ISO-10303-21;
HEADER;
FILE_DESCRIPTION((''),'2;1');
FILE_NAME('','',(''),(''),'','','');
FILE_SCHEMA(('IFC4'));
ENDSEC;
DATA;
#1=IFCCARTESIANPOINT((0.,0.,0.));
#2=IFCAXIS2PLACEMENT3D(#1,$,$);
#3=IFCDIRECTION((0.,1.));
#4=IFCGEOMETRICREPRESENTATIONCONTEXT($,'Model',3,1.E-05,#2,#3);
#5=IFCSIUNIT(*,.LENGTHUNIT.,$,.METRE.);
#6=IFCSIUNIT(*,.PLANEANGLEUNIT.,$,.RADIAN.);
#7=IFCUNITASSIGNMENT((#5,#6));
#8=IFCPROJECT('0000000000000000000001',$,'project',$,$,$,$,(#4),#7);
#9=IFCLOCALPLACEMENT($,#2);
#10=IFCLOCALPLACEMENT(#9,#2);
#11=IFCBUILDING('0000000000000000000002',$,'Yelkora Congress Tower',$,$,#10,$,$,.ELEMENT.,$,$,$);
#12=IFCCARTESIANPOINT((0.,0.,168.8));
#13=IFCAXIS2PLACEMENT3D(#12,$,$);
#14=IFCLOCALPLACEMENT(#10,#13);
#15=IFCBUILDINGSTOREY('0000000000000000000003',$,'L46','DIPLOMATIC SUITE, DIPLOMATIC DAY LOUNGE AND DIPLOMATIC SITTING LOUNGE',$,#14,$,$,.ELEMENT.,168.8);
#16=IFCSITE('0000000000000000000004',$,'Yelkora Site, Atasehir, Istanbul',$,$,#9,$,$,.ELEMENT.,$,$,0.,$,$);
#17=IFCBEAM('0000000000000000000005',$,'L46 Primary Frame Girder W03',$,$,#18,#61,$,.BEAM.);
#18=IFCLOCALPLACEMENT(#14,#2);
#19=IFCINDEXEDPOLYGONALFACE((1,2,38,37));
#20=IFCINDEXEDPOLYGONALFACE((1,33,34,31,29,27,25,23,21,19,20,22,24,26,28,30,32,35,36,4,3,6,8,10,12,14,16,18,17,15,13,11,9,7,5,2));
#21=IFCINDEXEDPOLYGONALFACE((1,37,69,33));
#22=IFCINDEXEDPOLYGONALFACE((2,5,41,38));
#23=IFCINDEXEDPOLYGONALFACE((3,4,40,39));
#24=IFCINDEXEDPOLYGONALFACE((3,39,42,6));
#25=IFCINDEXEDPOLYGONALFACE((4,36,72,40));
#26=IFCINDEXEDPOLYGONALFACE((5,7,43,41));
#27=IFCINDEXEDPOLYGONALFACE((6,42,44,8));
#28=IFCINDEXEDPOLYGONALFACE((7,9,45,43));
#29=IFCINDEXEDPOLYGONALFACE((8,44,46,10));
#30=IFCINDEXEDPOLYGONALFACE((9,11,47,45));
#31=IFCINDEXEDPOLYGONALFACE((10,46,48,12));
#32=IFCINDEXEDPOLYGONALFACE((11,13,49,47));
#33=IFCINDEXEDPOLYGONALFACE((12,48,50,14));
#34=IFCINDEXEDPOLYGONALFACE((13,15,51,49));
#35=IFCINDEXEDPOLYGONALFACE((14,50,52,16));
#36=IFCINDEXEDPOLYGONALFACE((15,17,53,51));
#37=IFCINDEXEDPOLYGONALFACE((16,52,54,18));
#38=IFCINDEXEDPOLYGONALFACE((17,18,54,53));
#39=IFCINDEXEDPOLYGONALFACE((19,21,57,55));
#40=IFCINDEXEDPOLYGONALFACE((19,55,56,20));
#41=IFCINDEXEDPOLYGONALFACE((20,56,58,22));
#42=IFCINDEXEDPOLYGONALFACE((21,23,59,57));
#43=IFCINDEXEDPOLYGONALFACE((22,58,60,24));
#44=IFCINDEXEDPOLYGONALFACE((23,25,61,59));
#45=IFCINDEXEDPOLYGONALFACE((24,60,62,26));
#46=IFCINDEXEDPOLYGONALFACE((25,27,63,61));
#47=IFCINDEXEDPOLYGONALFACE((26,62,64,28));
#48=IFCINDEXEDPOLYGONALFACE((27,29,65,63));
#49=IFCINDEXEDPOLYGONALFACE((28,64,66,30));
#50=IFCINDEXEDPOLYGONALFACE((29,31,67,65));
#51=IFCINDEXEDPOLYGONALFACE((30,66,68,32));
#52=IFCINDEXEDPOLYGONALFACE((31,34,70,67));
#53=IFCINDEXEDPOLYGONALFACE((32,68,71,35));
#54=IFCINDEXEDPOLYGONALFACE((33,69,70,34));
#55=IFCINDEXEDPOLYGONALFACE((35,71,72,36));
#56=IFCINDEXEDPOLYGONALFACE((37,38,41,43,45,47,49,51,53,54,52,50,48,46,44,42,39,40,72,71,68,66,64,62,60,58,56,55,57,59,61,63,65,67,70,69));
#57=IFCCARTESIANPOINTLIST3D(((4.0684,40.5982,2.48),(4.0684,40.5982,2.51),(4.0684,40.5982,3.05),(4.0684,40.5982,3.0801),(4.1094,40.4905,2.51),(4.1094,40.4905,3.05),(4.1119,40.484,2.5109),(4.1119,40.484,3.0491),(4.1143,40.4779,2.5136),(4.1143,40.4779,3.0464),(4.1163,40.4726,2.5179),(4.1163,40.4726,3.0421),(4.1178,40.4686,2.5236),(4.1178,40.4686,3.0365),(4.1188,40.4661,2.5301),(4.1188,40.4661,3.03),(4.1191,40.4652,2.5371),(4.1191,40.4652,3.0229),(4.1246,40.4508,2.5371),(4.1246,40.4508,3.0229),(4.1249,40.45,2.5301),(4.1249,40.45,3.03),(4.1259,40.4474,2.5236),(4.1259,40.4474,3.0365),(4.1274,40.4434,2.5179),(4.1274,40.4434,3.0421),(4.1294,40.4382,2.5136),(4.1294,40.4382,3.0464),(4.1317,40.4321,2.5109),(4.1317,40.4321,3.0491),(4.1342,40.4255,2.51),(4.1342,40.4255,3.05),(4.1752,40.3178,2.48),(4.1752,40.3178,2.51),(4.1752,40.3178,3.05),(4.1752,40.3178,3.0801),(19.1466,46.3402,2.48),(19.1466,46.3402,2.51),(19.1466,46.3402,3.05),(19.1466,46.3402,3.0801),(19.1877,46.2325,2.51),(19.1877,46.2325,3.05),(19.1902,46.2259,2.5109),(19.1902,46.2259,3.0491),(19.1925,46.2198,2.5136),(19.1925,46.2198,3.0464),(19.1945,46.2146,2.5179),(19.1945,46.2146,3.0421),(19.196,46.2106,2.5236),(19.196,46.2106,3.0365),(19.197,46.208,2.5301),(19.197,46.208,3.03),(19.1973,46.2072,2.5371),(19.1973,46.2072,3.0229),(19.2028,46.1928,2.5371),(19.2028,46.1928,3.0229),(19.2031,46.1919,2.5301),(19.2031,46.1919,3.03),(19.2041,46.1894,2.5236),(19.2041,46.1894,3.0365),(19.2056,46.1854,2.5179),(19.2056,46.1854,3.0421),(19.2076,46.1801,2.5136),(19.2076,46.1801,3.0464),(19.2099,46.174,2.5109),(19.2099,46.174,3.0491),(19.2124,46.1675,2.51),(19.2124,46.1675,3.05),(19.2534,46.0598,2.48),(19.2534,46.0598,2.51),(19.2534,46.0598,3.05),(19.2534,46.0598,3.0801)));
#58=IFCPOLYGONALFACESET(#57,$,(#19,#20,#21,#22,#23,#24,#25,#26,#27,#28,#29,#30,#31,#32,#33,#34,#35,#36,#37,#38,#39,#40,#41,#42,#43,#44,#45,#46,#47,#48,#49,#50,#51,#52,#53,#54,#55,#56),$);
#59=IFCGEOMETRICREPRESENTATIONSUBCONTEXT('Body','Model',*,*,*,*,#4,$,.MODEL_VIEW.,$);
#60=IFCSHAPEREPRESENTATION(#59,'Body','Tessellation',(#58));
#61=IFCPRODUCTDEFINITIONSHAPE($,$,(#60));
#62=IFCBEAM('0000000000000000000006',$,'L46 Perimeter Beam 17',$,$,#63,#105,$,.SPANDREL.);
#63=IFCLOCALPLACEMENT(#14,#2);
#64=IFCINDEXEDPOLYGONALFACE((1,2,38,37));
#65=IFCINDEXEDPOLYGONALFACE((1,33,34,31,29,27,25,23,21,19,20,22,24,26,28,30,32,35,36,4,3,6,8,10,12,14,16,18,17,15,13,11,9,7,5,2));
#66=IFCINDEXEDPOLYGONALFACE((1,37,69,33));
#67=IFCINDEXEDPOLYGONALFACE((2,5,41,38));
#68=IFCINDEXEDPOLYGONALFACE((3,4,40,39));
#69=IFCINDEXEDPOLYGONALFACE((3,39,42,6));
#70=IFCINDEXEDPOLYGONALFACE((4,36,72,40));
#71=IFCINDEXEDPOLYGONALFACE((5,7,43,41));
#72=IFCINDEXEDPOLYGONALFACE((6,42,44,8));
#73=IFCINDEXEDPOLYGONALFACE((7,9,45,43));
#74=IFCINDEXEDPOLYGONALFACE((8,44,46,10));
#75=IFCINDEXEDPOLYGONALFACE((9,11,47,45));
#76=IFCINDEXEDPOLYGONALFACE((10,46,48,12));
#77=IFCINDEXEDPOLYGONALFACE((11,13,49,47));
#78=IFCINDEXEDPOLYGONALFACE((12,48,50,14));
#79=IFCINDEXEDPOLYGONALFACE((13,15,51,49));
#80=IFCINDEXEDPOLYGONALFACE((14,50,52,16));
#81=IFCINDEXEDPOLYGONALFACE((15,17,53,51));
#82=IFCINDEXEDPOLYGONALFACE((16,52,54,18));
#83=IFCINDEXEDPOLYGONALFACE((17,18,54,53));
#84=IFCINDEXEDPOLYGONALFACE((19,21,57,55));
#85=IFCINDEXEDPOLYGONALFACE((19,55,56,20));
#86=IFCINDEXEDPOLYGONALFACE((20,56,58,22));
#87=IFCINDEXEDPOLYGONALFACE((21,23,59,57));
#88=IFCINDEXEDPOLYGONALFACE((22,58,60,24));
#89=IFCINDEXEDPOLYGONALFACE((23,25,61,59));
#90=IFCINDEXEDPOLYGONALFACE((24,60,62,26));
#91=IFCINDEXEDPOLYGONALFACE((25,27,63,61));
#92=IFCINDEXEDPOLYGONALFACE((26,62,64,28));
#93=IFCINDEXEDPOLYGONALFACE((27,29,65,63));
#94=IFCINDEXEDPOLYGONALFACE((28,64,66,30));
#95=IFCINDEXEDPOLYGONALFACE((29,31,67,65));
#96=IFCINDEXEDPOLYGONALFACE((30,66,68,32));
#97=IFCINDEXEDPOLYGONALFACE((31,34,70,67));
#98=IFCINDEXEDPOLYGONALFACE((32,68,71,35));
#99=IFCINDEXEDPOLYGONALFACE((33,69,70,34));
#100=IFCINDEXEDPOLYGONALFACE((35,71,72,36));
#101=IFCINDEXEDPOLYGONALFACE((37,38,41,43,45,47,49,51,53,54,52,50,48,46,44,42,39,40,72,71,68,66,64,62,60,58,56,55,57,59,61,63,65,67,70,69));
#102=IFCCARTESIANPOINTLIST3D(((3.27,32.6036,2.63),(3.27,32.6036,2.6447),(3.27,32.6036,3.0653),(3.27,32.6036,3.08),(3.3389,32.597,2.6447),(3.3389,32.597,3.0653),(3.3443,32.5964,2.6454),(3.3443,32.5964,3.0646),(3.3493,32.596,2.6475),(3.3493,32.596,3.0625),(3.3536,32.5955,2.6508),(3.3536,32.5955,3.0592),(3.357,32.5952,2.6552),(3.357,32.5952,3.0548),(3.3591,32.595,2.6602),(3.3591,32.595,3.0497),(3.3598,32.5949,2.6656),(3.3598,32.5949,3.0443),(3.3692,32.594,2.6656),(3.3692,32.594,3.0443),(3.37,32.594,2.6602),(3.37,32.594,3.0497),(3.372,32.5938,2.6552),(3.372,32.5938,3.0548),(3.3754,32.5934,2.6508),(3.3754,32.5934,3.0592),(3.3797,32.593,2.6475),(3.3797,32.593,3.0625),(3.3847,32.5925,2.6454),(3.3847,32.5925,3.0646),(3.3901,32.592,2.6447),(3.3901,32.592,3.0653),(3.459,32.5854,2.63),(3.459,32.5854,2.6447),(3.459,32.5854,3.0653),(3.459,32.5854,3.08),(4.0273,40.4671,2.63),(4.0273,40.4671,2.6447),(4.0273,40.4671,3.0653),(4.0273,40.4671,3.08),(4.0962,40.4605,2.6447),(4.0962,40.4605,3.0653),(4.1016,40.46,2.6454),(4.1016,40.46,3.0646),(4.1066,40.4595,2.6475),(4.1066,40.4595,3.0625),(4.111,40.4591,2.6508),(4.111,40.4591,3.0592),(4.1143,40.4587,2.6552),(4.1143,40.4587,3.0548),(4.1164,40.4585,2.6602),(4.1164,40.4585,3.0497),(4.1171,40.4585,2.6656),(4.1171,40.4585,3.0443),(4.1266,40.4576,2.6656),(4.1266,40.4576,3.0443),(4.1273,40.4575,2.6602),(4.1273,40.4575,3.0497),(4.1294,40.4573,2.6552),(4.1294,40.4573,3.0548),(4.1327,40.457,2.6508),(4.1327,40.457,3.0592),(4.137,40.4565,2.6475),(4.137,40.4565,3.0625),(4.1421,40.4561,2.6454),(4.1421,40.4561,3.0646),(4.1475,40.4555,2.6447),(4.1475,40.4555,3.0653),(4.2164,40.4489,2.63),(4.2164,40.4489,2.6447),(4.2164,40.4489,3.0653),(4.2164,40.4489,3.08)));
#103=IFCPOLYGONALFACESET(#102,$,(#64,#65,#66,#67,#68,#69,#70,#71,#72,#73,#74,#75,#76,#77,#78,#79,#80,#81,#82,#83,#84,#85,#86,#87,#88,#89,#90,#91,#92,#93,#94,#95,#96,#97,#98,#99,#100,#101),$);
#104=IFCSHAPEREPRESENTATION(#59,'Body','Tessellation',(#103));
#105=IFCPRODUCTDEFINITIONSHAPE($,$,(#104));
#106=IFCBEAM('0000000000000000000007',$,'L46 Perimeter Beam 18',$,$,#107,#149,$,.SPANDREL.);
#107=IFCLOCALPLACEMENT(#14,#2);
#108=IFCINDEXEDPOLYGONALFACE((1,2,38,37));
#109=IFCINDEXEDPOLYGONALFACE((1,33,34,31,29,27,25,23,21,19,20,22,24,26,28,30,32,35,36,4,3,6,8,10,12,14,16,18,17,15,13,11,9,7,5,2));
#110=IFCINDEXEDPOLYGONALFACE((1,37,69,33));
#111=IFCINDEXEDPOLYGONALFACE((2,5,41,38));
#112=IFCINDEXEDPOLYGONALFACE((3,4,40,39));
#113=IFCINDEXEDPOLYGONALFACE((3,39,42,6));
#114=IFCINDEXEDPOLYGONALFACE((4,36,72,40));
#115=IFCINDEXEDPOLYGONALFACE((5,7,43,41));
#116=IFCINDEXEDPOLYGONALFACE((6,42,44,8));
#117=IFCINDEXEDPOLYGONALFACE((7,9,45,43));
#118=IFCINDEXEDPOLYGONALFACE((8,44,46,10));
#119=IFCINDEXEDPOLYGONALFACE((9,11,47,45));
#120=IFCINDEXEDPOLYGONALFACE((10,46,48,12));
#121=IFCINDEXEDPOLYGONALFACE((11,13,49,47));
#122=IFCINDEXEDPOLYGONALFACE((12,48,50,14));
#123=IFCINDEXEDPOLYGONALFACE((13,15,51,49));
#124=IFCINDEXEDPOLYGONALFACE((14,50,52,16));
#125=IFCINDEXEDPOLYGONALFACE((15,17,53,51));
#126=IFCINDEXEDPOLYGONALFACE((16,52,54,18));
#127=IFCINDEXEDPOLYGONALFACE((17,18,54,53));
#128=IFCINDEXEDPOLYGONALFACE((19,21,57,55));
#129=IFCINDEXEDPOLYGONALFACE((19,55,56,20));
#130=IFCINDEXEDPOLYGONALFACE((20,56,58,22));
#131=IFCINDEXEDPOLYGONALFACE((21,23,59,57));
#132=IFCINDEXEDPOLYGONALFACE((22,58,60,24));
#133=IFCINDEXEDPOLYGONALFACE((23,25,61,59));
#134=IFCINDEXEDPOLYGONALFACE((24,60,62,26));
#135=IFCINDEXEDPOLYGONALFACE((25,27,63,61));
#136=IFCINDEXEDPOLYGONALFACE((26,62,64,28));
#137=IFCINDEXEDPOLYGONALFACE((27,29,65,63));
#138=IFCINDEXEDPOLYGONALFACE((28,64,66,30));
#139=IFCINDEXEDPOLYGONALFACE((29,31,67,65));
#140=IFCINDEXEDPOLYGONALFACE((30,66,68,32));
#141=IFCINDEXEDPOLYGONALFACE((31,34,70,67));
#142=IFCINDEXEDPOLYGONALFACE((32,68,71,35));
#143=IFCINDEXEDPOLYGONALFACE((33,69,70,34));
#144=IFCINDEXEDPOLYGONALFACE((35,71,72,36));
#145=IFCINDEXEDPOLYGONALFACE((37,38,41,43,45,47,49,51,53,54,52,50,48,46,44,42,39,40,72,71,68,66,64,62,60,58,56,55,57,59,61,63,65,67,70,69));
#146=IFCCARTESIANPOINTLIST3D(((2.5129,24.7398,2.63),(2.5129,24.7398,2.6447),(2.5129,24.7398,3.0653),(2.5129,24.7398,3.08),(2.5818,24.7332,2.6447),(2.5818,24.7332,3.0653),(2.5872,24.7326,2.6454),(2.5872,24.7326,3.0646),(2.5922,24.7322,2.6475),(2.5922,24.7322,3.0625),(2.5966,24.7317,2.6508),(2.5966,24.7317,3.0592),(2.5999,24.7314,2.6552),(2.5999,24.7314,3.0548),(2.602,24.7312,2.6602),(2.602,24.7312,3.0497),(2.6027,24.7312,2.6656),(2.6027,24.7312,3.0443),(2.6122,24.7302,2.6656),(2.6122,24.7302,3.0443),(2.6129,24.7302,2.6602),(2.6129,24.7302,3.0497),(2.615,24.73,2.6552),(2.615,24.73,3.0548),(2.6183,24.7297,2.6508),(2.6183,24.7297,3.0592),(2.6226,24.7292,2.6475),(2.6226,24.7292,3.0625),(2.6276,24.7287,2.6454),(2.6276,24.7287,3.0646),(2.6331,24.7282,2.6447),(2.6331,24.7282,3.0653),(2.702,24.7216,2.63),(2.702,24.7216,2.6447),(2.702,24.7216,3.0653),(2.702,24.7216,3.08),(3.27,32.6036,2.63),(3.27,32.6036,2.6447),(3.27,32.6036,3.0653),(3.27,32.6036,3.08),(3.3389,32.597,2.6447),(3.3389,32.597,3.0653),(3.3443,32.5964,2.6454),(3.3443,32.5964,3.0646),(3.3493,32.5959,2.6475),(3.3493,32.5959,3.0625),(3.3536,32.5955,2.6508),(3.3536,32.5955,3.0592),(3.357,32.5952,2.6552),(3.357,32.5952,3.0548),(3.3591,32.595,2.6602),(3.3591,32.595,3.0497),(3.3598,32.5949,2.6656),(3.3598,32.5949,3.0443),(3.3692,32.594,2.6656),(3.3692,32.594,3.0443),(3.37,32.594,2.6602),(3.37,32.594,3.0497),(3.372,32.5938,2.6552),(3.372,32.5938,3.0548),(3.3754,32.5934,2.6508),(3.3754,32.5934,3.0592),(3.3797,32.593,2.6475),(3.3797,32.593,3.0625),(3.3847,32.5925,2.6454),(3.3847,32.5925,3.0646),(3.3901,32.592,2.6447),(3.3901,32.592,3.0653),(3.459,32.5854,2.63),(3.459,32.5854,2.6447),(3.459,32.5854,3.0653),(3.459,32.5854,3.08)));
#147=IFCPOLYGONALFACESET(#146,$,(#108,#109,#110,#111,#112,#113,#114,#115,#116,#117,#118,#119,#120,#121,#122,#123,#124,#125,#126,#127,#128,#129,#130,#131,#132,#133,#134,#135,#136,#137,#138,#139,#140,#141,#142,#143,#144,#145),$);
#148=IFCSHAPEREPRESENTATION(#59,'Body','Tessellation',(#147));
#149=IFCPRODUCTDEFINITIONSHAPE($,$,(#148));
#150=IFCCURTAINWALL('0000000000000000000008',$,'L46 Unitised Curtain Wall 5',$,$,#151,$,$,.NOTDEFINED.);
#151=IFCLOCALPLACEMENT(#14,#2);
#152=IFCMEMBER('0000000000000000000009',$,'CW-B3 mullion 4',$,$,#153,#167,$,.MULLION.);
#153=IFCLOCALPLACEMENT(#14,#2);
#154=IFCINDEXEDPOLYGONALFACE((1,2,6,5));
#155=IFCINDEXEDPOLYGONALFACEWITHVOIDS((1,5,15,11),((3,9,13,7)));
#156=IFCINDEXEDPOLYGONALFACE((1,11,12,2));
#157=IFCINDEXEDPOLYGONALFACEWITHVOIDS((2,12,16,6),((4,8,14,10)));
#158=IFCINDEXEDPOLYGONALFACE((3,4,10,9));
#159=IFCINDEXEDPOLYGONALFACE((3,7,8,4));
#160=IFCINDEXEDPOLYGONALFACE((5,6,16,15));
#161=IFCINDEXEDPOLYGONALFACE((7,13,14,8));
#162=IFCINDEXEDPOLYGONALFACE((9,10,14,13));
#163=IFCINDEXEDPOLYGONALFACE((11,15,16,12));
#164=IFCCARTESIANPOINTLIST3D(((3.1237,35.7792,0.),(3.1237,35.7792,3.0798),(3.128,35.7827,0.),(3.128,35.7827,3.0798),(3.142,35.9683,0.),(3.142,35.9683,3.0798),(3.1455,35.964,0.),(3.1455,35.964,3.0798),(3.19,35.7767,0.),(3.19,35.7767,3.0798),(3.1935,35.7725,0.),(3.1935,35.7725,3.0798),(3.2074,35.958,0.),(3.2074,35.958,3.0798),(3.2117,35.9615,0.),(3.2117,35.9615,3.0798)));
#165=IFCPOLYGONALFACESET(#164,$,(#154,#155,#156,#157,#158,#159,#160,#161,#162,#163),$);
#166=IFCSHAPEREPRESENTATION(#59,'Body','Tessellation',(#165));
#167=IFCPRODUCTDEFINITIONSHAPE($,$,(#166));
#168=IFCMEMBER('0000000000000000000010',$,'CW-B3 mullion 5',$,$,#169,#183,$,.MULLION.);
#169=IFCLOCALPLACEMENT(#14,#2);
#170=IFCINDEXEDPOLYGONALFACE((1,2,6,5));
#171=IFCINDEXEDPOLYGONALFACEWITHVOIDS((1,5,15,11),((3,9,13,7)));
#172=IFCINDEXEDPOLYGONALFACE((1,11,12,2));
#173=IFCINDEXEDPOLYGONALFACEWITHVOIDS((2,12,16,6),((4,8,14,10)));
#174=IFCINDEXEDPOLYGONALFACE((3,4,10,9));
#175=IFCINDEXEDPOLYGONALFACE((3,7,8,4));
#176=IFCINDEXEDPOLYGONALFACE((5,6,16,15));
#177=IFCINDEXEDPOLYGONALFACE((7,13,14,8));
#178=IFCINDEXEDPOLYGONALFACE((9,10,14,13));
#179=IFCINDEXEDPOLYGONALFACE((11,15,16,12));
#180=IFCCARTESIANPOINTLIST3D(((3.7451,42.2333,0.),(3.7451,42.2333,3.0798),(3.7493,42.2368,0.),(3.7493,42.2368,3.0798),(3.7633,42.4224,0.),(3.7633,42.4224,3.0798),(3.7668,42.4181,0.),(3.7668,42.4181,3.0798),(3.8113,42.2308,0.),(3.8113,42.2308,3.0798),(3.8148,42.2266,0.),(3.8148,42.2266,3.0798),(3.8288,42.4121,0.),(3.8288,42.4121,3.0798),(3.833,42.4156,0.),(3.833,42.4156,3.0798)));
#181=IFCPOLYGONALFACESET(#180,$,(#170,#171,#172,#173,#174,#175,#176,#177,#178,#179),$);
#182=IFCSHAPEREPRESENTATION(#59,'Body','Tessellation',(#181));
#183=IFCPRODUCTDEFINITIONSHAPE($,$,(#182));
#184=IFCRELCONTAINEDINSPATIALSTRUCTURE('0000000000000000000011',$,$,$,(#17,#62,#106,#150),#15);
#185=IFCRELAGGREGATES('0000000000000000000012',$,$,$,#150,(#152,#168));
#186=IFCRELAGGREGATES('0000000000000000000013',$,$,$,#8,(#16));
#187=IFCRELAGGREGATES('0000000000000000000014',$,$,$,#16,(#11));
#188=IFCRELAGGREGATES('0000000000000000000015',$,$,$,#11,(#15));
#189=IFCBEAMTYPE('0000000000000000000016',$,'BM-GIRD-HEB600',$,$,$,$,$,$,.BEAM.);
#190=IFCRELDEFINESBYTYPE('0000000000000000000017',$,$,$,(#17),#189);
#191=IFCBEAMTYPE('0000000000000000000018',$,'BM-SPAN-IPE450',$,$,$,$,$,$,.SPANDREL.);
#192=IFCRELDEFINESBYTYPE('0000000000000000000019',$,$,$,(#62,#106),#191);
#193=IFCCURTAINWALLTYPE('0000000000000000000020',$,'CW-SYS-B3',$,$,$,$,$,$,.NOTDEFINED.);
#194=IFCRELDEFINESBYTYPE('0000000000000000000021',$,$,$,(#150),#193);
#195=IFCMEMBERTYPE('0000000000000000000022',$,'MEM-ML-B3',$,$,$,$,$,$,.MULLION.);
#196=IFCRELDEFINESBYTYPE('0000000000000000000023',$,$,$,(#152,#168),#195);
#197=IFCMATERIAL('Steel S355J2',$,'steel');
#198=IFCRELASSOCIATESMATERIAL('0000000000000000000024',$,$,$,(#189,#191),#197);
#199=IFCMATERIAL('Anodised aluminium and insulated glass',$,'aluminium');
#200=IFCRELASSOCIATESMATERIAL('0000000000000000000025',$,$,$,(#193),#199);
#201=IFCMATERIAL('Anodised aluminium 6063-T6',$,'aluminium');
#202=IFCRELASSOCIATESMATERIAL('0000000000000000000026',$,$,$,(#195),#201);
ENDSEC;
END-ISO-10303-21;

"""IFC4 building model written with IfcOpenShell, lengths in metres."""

from ifc_helpers import new_model, si_unit, direction, frame, origin, origin_2d, place, context, subcontext, project, spatial, hollow_rectangle, i_section, extrude, material, material_profile, profile_set, type_object, element, aggregate, save


model = new_model("IFC4")

# Units and contexts
model_context = context("Model", 3, precision=1e-05, world=origin(), true_north=direction((0.0, 1.0)))
body_context = subcontext(model_context, "Body", "Model", "MODEL_VIEW")
ifc_project = project(units=[si_unit("LENGTHUNIT", "METRE"), si_unit("PLANEANGLEUNIT", "RADIAN")], contexts=[model_context])

# Site, building, storey
site_placement = place(None, origin())
site = spatial("IfcSite", under=ifc_project, at=site_placement, Name="Yelkora Site, Atasehir, Istanbul", CompositionType="ELEMENT", RefElevation=0.0)
building_placement = place(site_placement, origin())
building = spatial("IfcBuilding", under=site, at=building_placement, Name="Yelkora Congress Tower", CompositionType="ELEMENT")
storey_placement = place(building_placement, frame((0.0, 0.0, 168.8)))
storey = spatial("IfcBuildingStorey", under=building, at=storey_placement, Name="L46", Description="DIPLOMATIC SUITE, DIPLOMATIC DAY LOUNGE AND DIPLOMATIC SITTING LOUNGE", CompositionType="ELEMENT", Elevation=168.8)

# Beams
ifc_material_1 = material(Name="Steel S355J2", Category="steel")
ifc_material_profile_1 = material_profile(ifc_material_1, i_section(OverallWidth=0.3, OverallDepth=0.6001, WebThickness=0.0154, FlangeThickness=0.03, FilletRadius=0.0271, at=origin_2d()), Name="HEB 600")
ifc_profile_set_1 = profile_set([ifc_material_profile_1], Name="Steel S355J2")
beam_type_1 = type_object("IfcBeamType", Name="BM-GIRD-HEB600", PredefinedType="BEAM", material=ifc_profile_set_1)
beam_1_placement = place(storey_placement, frame((4.1218, 40.458, 2.78), z_axis=(0.934531, 0.355881, 0.0), x_axis=(-0.355881, 0.934531, 0.0)))
element("IfcBeam", 1, at=beam_1_placement, inside=storey, type_object=beam_type_1, Name="L46 Primary Frame Girder W03", PredefinedType="BEAM", context=body_context, shape_type="SweptSolid", body=[
    extrude(i_section(OverallWidth=0.3, OverallDepth=0.6001, WebThickness=0.0154, FlangeThickness=0.03, FilletRadius=0.0271, at=origin_2d()), origin(), (0.0, 0.0, 1.0), 16.1345),
])
ifc_material_profile_2 = material_profile(ifc_material_1, i_section(OverallWidth=0.1899, OverallDepth=0.45, WebThickness=0.0095, FlangeThickness=0.0146, FilletRadius=0.021, at=origin_2d()), Name="IPE 450")
ifc_profile_set_2 = profile_set([ifc_material_profile_2], Name="Steel S355J2")
beam_type_2 = type_object("IfcBeamType", Name="BM-SPAN-IPE450", PredefinedType="SPANDREL", material=ifc_profile_set_2)
beam_2_placement = place(storey_placement, frame((4.1218, 40.458, 2.855), z_axis=(-0.095865, -0.995394, 0.0), x_axis=(0.995394, -0.095865, 0.0)))
element("IfcBeam", 2, at=beam_2_placement, inside=storey, type_object=beam_type_2, Name="L46 Perimeter Beam 17", PredefinedType="SPANDREL", context=body_context, shape_type="SweptSolid", body=[
    extrude(i_section(OverallWidth=0.1899, OverallDepth=0.45, WebThickness=0.0095, FlangeThickness=0.0146, FilletRadius=0.021, at=origin_2d()), origin(), (0.0, 0.0, 1.0), 7.8999),
])
beam_3_placement = place(storey_placement, frame((3.3645, 32.5945, 2.855), z_axis=(-0.095831, -0.995398, 0.0), x_axis=(0.995398, -0.095831, 0.0)))
element("IfcBeam", 3, at=beam_3_placement, inside=storey, type_object=beam_type_2, Name="L46 Perimeter Beam 18", PredefinedType="SPANDREL", context=body_context, shape_type="SweptSolid", body=[
    extrude(i_section(OverallWidth=0.1899, OverallDepth=0.45, WebThickness=0.0095, FlangeThickness=0.0146, FilletRadius=0.021, at=origin_2d()), origin(), (0.0, 0.0, 1.0), 7.9001),
])

# Curtain wall, members
ifc_material_2 = material(Name="Anodised aluminium and insulated glass", Category="aluminium")
curtain_wall_type = type_object("IfcCurtainWallType", Name="CW-SYS-B3", PredefinedType="NOTDEFINED", material=ifc_material_2)
curtain_wall_placement = place(storey_placement, origin())
curtain_wall = element("IfcCurtainWall", 4, at=curtain_wall_placement, inside=storey, type_object=curtain_wall_type, Name="L46 Unitised Curtain Wall 5", PredefinedType="NOTDEFINED")
ifc_material_3 = material(Name="Anodised aluminium 6063-T6", Category="aluminium")
ifc_material_profile_3 = material_profile(ifc_material_3, hollow_rectangle(XDim=0.0701, YDim=0.1899, WallThickness=0.0039, at=origin_2d()), Name="ALU 70x190x4")
ifc_profile_set_3 = profile_set([ifc_material_profile_3], Name="Anodised aluminium 6063-T6")
member_type_1 = type_object("IfcMemberType", Name="MEM-ML-B3", PredefinedType="MULLION", material=ifc_profile_set_3)
member_1_placement = place(storey_placement, frame((3.1677, 35.8704, 0.0), z_axis=(0.0, 0.0, 1.0), x_axis=(-0.995396, 0.095845, 0.0)))
member_1 = element("IfcMember", 5, at=member_1_placement, type_object=member_type_1, Name="CW-B3 mullion 4", PredefinedType="MULLION", context=body_context, shape_type="SweptSolid", body=[
    extrude(hollow_rectangle(XDim=0.0701, YDim=0.1899, WallThickness=0.0039, at=origin_2d()), origin(), (0.0, 0.0, 1.0), 3.0798),
])
member_2_placement = place(storey_placement, frame((3.7891, 42.3245, 0.0), z_axis=(0.0, 0.0, 1.0), x_axis=(-0.995396, 0.095845, 0.0)))
member_2 = element("IfcMember", 6, at=member_2_placement, type_object=member_type_1, Name="CW-B3 mullion 5", PredefinedType="MULLION", context=body_context, shape_type="SweptSolid", body=[
    extrude(hollow_rectangle(XDim=0.0701, YDim=0.1899, WallThickness=0.0039, at=origin_2d()), origin(), (0.0, 0.0, 1.0), 3.0798),
])
aggregate(curtain_wall, [member_1, member_2])

save(model, "model.ifc")
